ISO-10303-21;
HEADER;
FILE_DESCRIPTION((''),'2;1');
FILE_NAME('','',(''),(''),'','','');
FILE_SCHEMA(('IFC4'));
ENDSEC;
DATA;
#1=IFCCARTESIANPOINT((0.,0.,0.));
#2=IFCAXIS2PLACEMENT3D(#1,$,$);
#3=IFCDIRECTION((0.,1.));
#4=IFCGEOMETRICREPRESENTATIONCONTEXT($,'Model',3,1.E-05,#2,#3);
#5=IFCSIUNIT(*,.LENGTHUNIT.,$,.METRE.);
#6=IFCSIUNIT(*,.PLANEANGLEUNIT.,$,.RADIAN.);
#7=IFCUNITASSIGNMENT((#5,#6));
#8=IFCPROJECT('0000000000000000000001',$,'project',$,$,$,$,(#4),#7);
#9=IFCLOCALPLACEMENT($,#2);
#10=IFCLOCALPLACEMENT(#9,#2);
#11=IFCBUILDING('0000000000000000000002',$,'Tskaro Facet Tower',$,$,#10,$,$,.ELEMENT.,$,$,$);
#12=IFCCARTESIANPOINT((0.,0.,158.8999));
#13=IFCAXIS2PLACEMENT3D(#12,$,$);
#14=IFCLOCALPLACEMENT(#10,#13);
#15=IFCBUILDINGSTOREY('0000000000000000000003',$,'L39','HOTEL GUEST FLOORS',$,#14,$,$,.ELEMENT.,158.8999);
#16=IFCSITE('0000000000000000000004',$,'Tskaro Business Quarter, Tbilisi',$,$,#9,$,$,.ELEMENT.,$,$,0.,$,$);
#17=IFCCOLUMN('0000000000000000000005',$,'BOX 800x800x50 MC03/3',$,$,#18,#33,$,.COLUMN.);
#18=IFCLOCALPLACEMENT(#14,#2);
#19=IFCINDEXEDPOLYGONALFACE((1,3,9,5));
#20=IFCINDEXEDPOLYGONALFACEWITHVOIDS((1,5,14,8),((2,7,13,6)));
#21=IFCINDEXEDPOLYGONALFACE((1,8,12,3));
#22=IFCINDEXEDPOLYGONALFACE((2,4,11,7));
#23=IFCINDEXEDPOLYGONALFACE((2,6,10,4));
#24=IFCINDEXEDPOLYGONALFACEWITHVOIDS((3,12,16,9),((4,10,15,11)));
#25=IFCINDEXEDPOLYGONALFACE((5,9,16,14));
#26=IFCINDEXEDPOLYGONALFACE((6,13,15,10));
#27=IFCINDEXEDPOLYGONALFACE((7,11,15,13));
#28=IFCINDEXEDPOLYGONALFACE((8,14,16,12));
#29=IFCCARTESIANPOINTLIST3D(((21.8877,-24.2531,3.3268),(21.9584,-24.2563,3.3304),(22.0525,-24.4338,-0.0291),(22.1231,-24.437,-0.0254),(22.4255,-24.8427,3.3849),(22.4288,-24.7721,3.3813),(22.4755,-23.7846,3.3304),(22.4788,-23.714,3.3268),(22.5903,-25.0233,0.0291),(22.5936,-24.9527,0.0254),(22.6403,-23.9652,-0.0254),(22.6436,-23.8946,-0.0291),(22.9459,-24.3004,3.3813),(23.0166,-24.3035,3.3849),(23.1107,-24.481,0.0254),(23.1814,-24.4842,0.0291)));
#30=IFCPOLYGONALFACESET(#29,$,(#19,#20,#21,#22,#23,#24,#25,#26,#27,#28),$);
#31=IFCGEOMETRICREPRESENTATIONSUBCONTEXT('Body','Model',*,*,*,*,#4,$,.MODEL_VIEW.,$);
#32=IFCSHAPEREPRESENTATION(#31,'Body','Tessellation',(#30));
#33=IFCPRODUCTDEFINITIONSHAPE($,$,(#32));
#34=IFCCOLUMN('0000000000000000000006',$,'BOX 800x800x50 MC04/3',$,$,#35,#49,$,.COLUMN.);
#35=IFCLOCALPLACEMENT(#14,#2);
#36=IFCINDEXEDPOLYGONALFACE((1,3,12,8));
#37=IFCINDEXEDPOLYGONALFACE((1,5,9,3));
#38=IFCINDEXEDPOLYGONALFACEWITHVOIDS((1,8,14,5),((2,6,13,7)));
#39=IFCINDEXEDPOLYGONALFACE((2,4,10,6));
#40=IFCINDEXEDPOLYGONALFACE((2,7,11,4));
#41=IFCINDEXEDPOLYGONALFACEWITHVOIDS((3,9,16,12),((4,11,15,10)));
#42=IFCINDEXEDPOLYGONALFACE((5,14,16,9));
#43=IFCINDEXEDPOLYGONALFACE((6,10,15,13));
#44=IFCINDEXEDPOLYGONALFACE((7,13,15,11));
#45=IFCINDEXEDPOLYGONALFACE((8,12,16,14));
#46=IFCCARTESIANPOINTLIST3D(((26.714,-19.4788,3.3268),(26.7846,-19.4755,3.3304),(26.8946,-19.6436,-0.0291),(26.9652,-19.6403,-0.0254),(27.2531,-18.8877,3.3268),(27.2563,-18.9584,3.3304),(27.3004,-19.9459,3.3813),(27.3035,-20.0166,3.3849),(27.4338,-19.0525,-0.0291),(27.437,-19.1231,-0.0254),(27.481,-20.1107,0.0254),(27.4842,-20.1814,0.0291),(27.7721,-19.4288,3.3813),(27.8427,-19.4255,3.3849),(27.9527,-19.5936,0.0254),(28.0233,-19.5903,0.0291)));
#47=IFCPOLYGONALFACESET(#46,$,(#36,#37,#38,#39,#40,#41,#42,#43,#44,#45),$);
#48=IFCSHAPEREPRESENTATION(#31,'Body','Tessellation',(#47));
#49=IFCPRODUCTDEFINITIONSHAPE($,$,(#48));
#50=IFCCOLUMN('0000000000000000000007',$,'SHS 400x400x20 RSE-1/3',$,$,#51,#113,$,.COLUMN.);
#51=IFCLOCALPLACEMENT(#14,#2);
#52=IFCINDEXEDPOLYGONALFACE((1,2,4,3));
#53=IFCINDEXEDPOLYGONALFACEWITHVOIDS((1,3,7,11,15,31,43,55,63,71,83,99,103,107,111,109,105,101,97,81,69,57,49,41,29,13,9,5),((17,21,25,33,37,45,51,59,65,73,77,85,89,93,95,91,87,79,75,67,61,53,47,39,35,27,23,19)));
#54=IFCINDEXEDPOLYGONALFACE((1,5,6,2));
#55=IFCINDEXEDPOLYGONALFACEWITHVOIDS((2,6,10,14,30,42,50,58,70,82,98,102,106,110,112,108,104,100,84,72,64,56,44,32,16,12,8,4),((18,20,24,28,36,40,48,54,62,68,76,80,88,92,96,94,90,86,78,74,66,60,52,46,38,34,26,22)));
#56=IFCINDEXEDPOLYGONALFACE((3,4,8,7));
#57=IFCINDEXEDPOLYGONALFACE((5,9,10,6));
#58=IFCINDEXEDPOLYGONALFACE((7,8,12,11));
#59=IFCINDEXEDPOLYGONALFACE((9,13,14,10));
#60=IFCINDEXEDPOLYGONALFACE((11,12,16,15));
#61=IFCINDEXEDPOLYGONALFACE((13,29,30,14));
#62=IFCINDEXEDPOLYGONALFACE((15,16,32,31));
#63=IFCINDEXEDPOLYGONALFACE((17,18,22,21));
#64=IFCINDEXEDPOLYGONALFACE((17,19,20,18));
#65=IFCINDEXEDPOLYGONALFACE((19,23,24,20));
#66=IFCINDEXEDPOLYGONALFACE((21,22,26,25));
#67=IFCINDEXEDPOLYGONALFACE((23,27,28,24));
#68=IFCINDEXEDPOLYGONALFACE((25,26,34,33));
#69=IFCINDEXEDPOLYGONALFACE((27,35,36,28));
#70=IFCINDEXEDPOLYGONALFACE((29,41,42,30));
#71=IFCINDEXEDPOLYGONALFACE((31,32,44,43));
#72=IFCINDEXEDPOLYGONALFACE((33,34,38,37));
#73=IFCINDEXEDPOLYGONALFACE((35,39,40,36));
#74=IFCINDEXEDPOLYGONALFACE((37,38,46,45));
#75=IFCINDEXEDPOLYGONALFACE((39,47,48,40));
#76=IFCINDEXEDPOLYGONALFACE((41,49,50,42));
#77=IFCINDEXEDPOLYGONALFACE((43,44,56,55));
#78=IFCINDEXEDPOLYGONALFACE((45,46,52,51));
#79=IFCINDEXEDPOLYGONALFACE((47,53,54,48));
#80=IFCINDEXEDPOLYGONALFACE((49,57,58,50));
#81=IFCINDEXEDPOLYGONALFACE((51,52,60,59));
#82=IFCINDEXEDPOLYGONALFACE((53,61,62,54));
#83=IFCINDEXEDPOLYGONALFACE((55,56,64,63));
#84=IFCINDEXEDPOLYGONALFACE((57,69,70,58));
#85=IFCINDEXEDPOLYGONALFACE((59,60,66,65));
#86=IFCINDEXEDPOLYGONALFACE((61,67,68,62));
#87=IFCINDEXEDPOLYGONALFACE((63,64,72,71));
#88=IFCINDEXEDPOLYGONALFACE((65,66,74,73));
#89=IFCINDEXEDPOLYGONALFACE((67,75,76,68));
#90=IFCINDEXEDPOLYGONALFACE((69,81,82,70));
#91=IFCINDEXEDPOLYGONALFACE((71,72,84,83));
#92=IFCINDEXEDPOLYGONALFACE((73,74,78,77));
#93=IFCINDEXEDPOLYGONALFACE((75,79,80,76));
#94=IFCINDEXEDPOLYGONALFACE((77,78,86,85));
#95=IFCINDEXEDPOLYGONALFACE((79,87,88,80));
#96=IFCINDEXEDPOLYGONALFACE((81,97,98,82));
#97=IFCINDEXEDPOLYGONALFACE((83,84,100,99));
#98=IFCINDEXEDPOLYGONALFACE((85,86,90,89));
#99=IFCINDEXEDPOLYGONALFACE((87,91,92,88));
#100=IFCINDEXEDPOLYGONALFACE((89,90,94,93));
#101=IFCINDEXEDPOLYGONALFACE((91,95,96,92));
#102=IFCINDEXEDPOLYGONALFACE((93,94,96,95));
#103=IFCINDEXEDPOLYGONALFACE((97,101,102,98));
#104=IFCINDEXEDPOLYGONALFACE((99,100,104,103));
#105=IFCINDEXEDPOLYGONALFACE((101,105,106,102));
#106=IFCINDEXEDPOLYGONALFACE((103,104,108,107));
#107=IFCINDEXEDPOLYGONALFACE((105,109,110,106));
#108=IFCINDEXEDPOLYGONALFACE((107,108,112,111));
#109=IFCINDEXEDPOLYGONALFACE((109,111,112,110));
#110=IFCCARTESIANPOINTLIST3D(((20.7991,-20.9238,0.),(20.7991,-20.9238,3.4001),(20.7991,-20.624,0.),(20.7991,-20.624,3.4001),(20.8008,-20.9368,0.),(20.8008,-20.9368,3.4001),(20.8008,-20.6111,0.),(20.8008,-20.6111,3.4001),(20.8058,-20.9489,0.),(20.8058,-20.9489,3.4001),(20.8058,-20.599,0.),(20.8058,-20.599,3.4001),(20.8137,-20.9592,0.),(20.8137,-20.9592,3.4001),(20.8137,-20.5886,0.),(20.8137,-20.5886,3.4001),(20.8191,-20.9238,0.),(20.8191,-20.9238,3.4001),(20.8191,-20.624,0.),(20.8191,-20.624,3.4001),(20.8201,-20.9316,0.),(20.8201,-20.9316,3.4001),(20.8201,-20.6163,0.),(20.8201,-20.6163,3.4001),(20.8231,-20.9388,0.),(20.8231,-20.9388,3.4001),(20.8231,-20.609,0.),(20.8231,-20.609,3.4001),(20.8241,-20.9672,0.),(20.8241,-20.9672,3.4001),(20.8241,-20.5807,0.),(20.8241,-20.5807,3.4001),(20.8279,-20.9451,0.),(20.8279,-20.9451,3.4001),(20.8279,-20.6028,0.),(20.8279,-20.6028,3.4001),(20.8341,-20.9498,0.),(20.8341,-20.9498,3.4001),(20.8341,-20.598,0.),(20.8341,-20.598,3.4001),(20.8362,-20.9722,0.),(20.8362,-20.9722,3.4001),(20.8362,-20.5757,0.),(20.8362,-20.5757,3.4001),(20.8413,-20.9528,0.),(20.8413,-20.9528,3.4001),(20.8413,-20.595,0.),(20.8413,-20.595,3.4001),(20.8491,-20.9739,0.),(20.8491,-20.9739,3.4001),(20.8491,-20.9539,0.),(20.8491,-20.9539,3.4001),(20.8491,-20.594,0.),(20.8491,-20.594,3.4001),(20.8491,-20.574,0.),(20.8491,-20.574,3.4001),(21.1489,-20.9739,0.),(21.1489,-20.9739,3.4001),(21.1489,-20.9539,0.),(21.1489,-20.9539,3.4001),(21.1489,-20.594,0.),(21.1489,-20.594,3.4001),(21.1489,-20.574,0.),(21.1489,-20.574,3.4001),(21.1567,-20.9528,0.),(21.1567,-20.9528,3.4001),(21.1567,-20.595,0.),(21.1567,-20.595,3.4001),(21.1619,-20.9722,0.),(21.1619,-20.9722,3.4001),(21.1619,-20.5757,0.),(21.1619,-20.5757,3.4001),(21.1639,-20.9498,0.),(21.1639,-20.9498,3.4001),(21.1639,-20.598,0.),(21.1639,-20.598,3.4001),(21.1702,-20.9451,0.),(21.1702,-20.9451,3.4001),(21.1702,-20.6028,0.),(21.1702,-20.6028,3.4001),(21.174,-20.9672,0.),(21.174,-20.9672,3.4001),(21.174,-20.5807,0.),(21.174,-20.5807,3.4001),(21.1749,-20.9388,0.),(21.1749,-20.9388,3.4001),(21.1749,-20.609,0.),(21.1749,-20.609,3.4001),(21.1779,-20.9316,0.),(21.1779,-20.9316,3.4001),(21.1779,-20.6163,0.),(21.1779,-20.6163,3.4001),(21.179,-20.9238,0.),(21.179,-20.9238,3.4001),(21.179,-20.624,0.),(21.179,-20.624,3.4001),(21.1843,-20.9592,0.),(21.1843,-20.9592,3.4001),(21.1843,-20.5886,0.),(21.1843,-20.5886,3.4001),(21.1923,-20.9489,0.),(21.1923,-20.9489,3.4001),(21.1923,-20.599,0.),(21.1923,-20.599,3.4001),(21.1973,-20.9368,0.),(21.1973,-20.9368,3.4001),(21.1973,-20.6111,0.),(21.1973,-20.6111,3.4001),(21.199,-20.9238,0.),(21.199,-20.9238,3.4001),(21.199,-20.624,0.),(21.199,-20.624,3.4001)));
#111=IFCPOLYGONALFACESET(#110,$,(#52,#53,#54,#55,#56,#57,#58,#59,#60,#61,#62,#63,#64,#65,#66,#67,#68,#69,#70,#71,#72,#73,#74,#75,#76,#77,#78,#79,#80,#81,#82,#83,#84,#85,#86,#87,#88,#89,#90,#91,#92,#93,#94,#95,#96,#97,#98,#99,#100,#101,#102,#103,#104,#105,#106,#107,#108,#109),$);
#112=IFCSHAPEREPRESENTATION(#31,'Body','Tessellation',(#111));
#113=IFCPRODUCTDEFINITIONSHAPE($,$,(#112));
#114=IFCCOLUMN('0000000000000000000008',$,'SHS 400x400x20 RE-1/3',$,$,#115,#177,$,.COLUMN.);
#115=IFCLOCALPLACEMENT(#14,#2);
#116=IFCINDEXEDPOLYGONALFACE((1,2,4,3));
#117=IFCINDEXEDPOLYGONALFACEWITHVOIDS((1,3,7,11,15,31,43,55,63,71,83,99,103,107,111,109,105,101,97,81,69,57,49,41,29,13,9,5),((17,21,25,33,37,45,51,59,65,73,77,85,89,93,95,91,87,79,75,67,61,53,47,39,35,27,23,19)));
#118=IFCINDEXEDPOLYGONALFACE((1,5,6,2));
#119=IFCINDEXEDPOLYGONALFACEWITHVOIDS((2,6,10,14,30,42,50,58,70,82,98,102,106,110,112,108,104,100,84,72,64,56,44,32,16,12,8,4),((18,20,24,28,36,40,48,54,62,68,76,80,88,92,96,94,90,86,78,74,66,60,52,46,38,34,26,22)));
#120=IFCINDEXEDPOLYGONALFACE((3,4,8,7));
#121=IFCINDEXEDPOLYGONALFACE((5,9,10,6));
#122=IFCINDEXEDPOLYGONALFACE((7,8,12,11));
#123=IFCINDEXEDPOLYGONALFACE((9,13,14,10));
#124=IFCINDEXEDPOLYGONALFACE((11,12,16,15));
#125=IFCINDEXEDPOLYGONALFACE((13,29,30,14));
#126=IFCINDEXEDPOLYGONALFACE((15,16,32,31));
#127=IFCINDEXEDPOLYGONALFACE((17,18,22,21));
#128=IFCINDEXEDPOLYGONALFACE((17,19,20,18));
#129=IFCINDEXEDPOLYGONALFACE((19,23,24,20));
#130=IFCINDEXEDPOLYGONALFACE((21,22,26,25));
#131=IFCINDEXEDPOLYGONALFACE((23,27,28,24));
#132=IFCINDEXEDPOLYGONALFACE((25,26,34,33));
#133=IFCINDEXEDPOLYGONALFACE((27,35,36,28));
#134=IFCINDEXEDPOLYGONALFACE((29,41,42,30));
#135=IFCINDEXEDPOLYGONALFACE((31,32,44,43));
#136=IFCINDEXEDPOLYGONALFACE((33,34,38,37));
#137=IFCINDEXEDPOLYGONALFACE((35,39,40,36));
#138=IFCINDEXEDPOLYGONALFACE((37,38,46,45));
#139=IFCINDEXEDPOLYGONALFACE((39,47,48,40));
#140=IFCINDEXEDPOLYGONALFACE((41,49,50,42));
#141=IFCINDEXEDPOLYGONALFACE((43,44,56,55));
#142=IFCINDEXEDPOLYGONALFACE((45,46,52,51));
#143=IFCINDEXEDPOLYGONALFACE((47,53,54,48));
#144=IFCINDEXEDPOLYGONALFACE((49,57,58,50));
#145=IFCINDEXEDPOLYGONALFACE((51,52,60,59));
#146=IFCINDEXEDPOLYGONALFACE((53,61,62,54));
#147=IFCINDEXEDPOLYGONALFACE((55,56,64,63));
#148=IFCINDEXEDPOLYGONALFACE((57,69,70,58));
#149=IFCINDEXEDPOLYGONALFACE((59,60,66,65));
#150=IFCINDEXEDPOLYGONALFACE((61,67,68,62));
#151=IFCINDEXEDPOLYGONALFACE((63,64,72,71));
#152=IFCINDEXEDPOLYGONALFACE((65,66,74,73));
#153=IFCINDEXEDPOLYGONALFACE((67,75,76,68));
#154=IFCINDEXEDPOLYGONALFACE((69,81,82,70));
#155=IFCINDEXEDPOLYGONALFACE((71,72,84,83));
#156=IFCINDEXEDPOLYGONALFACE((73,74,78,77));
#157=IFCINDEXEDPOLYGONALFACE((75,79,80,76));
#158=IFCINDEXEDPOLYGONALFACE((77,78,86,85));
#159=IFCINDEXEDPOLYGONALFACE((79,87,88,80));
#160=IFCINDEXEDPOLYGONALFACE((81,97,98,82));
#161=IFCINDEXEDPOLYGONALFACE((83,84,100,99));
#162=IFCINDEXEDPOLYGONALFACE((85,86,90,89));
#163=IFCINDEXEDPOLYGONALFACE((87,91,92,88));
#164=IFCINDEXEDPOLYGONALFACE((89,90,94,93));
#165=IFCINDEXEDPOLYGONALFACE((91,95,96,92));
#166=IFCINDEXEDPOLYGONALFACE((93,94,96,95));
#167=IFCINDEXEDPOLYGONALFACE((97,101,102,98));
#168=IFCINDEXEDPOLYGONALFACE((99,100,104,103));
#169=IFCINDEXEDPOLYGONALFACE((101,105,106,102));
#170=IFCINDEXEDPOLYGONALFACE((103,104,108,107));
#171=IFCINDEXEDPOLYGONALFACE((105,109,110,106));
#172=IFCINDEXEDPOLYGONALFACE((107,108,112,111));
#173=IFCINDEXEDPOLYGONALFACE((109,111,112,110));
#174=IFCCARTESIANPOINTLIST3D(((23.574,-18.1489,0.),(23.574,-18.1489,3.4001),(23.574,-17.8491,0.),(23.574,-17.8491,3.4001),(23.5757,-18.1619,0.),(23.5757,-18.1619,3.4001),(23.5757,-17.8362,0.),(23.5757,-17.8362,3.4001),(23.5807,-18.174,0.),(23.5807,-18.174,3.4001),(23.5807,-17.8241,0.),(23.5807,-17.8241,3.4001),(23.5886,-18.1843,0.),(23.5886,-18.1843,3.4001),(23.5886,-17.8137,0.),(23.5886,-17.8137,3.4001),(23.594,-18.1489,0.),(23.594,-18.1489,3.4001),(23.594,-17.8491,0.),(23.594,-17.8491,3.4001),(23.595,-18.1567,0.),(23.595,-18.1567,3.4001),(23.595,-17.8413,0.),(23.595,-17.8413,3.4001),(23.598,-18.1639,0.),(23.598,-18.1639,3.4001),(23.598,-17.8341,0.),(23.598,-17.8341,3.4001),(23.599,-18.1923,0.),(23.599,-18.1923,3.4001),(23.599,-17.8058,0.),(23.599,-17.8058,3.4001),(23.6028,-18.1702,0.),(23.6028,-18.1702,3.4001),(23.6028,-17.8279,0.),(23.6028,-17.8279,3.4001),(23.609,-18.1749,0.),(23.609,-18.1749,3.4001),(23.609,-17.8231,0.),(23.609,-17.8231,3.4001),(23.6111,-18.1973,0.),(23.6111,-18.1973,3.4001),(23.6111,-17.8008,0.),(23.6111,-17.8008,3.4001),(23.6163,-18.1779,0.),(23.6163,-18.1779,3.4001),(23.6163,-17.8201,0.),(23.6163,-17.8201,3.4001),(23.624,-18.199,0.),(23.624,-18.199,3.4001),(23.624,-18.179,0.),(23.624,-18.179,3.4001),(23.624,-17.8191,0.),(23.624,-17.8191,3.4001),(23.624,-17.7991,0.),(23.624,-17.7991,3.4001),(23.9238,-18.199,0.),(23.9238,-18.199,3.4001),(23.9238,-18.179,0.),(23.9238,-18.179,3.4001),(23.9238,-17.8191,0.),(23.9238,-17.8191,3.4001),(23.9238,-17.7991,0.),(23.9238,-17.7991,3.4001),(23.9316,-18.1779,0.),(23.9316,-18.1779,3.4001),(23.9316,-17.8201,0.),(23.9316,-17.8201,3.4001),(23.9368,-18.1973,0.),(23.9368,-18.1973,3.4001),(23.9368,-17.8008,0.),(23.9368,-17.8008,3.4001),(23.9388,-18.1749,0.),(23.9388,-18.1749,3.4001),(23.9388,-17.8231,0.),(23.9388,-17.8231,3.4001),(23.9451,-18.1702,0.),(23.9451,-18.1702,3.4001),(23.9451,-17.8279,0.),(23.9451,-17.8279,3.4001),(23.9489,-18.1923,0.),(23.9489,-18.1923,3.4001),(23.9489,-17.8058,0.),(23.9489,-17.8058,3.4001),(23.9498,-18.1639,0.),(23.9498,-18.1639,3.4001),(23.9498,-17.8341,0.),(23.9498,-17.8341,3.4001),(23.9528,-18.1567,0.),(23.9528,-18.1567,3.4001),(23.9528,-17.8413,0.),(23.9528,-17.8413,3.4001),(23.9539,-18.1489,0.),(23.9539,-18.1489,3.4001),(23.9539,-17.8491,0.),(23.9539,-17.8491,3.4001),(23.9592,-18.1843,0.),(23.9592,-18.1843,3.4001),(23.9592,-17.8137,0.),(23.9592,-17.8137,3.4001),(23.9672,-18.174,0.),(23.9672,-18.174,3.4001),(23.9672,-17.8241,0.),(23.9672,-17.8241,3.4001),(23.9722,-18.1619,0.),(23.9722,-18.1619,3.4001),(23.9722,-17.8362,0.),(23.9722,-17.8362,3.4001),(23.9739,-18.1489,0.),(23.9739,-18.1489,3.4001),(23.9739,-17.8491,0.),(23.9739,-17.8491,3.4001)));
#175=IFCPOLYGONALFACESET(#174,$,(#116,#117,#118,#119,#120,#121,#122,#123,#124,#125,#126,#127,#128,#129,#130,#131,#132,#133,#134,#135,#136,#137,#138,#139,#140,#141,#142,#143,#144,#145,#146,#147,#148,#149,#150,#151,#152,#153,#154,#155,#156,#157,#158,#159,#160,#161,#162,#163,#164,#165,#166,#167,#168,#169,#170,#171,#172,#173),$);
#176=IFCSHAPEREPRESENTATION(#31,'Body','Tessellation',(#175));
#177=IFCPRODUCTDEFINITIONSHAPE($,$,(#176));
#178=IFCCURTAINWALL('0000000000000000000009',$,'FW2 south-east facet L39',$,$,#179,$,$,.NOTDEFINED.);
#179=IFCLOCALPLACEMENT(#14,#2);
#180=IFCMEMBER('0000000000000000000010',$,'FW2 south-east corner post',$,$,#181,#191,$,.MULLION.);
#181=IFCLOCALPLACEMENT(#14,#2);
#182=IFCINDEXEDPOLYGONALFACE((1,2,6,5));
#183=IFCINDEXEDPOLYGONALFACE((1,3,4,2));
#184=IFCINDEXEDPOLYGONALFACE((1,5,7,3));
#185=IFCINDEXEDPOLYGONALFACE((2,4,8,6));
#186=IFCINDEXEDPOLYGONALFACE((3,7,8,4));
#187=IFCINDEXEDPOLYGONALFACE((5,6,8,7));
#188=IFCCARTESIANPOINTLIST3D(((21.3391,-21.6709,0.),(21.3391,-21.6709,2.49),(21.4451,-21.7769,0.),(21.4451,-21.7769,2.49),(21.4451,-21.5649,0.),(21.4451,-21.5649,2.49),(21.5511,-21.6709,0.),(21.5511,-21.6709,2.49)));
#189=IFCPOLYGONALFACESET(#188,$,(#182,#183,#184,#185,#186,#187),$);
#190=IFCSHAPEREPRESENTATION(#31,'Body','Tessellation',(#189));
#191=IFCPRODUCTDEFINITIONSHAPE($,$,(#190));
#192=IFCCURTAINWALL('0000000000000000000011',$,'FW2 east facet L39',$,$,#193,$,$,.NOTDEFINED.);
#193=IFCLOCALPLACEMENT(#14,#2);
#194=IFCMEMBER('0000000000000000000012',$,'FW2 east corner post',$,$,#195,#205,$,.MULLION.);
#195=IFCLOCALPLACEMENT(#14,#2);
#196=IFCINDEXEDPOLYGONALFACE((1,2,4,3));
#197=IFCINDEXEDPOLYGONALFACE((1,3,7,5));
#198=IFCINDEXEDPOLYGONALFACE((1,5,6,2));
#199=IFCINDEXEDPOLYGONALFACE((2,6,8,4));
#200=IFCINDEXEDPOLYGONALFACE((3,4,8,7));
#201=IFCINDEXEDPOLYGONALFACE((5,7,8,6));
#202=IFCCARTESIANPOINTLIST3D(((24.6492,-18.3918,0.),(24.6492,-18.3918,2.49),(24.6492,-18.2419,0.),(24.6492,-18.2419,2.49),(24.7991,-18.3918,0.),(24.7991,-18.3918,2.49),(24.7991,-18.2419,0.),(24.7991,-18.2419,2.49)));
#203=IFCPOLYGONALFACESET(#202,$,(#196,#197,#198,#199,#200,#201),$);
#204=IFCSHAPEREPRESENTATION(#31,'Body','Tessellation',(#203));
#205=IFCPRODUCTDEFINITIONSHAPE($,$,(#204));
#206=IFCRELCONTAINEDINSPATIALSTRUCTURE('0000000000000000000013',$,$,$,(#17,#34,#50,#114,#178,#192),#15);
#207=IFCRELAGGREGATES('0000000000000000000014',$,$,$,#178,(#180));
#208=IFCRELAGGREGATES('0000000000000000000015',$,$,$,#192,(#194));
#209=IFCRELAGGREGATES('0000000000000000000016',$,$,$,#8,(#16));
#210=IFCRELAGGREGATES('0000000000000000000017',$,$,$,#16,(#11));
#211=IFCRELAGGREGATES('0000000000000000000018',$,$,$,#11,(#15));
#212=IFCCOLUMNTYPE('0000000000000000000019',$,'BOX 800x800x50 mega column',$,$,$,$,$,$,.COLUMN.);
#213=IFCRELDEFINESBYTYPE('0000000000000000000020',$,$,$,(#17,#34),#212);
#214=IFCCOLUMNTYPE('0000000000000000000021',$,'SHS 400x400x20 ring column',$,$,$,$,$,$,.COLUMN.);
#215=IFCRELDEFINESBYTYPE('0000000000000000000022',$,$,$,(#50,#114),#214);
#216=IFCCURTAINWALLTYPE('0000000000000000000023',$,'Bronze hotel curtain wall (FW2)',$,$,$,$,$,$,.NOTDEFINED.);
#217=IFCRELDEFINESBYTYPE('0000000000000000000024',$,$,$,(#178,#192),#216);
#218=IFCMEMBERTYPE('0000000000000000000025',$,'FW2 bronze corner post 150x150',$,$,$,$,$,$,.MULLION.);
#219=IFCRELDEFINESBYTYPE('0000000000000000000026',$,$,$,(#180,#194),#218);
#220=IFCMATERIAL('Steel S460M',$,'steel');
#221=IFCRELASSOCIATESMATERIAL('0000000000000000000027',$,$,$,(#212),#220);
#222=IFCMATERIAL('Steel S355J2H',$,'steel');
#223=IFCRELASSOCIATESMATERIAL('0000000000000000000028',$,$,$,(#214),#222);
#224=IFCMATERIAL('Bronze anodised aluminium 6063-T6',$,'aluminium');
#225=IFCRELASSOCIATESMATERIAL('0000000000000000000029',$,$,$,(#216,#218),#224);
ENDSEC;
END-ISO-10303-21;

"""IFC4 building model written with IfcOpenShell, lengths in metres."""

from ifc_helpers import new_model, si_unit, direction, frame, origin, origin_2d, place, context, subcontext, project, spatial, rectangle, hollow_rectangle, extrude, material, material_profile, profile_set, type_object, element, aggregate, save


model = new_model("IFC4")

# Units and contexts
model_context = context("Model", 3, precision=1e-05, world=origin(), true_north=direction((0.0, 1.0)))
body_context = subcontext(model_context, "Body", "Model", "MODEL_VIEW")
ifc_project = project(units=[si_unit("LENGTHUNIT", "METRE"), si_unit("PLANEANGLEUNIT", "RADIAN")], contexts=[model_context])

# Site, building, storey
site_placement = place(None, origin())
site = spatial("IfcSite", under=ifc_project, at=site_placement, Name="Tskaro Business Quarter, Tbilisi", CompositionType="ELEMENT", RefElevation=0.0)
building_placement = place(site_placement, origin())
building = spatial("IfcBuilding", under=site, at=building_placement, Name="Tskaro Facet Tower", CompositionType="ELEMENT")
storey_placement = place(building_placement, frame((0.0, 0.0, 158.8999)))
storey = spatial("IfcBuildingStorey", under=building, at=storey_placement, Name="L39", Description="HOTEL GUEST FLOORS", CompositionType="ELEMENT", Elevation=158.8999)

# Columns
ifc_material_1 = material(Name="Steel S460M", Category="steel")
ifc_material_profile_1 = material_profile(ifc_material_1, hollow_rectangle(XDim=0.8, YDim=0.8, WallThickness=0.05, at=origin_2d()), Name="BOX 800x800x50")
ifc_profile_set_1 = profile_set([ifc_material_profile_1], Name="Steel S460M")
column_type_1 = type_object("IfcColumnType", Name="BOX 800x800x50 mega column", PredefinedType="COLUMN", material=ifc_profile_set_1)
for number, where, z_axis, x_axis, name in (
    (1, (22.6169, -24.459, 0.0), (-0.048975, 0.053691, 0.997356), (-0.73881, -0.673914, 0.0), "BOX 800x800x50 MC03/3"),
    (2, (27.459, -19.6169, 0.0), (-0.053691, 0.048975, 0.997356), (-0.673914, -0.73881, 0.0), "BOX 800x800x50 MC04/3"),
):
    element("IfcColumn", number, at=place(storey_placement, frame(where, z_axis=z_axis, x_axis=x_axis)), inside=storey, type_object=column_type_1, Name=name, PredefinedType="COLUMN", context=body_context, shape_type="SweptSolid", body=[
        extrude(hollow_rectangle(XDim=0.8, YDim=0.8, WallThickness=0.05, at=origin_2d()), origin(), (0.0, 0.0, 1.0), 3.3647),
    ])
ifc_material_2 = material(Name="Steel S355J2H", Category="steel")
ifc_material_profile_2 = material_profile(ifc_material_2, hollow_rectangle(XDim=0.3999, YDim=0.3999, WallThickness=0.02, InnerFilletRadius=0.03, OuterFilletRadius=0.05, at=origin_2d()), Name="SHS 400x400x20")
ifc_profile_set_2 = profile_set([ifc_material_profile_2], Name="Steel S355J2H")
column_type_2 = type_object("IfcColumnType", Name="SHS 400x400x20 ring column", PredefinedType="COLUMN", material=ifc_profile_set_2)
for number, where, z_axis, x_axis, name in (
    (3, (20.999, -20.7739, 0.0), (0.0, 0.0, 1.0), (1.0, 0.0, 0.0), "SHS 400x400x20 RSE-1/3"),
    (4, (23.7739, -17.999, 0.0), (0.0, 0.0, 1.0), (1.0, 0.0, 0.0), "SHS 400x400x20 RE-1/3"),
):
    element("IfcColumn", number, at=place(storey_placement, frame(where, z_axis=z_axis, x_axis=x_axis)), inside=storey, type_object=column_type_2, Name=name, PredefinedType="COLUMN", context=body_context, shape_type="SweptSolid", body=[
        extrude(hollow_rectangle(XDim=0.3999, YDim=0.3999, WallThickness=0.02, InnerFilletRadius=0.03, OuterFilletRadius=0.05, at=origin_2d()), origin(), (0.0, 0.0, 1.0), 3.4001),
    ])

# Curtain walls, members
ifc_material_3 = material(Name="Bronze anodised aluminium 6063-T6", Category="aluminium")
curtain_wall_type = type_object("IfcCurtainWallType", Name="Bronze hotel curtain wall (FW2)", PredefinedType="NOTDEFINED", material=ifc_material_3)
curtain_wall_1_placement = place(storey_placement, origin())
curtain_wall_1 = element("IfcCurtainWall", 5, at=curtain_wall_1_placement, inside=storey, type_object=curtain_wall_type, Name="FW2 south-east facet L39", PredefinedType="NOTDEFINED")
ifc_material_profile_3 = material_profile(ifc_material_3, rectangle(XDim=0.1499, YDim=0.1499, at=origin_2d()), Name="Corner post 150x150")
ifc_profile_set_3 = profile_set([ifc_material_profile_3], Name="Bronze anodised aluminium 6063-T6")
member_type_1 = type_object("IfcMemberType", Name="FW2 bronze corner post 150x150", PredefinedType="MULLION", material=ifc_profile_set_3)
member_1_placement = place(storey_placement, frame((21.4451, -21.6709, 0.0), z_axis=(0.0, 0.0, 1.0), x_axis=(0.707107, 0.707107, 0.0)))
member_1 = element("IfcMember", 6, at=member_1_placement, type_object=member_type_1, Name="FW2 south-east corner post", PredefinedType="MULLION", context=body_context, shape_type="SweptSolid", body=[
    extrude(rectangle(XDim=0.1499, YDim=0.1499, at=origin_2d()), origin(), (0.0, 0.0, 1.0), 2.49),
])
curtain_wall_2_placement = place(storey_placement, origin())
curtain_wall_2 = element("IfcCurtainWall", 7, at=curtain_wall_2_placement, inside=storey, type_object=curtain_wall_type, Name="FW2 east facet L39", PredefinedType="NOTDEFINED")
member_2_placement = place(storey_placement, frame((24.7241, -18.3169, 0.0), z_axis=(0.0, 0.0, 1.0), x_axis=(0.0, 1.0, 0.0)))
member_2 = element("IfcMember", 8, at=member_2_placement, type_object=member_type_1, Name="FW2 east corner post", PredefinedType="MULLION", context=body_context, shape_type="SweptSolid", body=[
    extrude(rectangle(XDim=0.1499, YDim=0.1499, at=origin_2d()), origin(), (0.0, 0.0, 1.0), 2.49),
])

aggregate(curtain_wall_1, [member_1])
aggregate(curtain_wall_2, [member_2])

save(model, "model.ifc")
